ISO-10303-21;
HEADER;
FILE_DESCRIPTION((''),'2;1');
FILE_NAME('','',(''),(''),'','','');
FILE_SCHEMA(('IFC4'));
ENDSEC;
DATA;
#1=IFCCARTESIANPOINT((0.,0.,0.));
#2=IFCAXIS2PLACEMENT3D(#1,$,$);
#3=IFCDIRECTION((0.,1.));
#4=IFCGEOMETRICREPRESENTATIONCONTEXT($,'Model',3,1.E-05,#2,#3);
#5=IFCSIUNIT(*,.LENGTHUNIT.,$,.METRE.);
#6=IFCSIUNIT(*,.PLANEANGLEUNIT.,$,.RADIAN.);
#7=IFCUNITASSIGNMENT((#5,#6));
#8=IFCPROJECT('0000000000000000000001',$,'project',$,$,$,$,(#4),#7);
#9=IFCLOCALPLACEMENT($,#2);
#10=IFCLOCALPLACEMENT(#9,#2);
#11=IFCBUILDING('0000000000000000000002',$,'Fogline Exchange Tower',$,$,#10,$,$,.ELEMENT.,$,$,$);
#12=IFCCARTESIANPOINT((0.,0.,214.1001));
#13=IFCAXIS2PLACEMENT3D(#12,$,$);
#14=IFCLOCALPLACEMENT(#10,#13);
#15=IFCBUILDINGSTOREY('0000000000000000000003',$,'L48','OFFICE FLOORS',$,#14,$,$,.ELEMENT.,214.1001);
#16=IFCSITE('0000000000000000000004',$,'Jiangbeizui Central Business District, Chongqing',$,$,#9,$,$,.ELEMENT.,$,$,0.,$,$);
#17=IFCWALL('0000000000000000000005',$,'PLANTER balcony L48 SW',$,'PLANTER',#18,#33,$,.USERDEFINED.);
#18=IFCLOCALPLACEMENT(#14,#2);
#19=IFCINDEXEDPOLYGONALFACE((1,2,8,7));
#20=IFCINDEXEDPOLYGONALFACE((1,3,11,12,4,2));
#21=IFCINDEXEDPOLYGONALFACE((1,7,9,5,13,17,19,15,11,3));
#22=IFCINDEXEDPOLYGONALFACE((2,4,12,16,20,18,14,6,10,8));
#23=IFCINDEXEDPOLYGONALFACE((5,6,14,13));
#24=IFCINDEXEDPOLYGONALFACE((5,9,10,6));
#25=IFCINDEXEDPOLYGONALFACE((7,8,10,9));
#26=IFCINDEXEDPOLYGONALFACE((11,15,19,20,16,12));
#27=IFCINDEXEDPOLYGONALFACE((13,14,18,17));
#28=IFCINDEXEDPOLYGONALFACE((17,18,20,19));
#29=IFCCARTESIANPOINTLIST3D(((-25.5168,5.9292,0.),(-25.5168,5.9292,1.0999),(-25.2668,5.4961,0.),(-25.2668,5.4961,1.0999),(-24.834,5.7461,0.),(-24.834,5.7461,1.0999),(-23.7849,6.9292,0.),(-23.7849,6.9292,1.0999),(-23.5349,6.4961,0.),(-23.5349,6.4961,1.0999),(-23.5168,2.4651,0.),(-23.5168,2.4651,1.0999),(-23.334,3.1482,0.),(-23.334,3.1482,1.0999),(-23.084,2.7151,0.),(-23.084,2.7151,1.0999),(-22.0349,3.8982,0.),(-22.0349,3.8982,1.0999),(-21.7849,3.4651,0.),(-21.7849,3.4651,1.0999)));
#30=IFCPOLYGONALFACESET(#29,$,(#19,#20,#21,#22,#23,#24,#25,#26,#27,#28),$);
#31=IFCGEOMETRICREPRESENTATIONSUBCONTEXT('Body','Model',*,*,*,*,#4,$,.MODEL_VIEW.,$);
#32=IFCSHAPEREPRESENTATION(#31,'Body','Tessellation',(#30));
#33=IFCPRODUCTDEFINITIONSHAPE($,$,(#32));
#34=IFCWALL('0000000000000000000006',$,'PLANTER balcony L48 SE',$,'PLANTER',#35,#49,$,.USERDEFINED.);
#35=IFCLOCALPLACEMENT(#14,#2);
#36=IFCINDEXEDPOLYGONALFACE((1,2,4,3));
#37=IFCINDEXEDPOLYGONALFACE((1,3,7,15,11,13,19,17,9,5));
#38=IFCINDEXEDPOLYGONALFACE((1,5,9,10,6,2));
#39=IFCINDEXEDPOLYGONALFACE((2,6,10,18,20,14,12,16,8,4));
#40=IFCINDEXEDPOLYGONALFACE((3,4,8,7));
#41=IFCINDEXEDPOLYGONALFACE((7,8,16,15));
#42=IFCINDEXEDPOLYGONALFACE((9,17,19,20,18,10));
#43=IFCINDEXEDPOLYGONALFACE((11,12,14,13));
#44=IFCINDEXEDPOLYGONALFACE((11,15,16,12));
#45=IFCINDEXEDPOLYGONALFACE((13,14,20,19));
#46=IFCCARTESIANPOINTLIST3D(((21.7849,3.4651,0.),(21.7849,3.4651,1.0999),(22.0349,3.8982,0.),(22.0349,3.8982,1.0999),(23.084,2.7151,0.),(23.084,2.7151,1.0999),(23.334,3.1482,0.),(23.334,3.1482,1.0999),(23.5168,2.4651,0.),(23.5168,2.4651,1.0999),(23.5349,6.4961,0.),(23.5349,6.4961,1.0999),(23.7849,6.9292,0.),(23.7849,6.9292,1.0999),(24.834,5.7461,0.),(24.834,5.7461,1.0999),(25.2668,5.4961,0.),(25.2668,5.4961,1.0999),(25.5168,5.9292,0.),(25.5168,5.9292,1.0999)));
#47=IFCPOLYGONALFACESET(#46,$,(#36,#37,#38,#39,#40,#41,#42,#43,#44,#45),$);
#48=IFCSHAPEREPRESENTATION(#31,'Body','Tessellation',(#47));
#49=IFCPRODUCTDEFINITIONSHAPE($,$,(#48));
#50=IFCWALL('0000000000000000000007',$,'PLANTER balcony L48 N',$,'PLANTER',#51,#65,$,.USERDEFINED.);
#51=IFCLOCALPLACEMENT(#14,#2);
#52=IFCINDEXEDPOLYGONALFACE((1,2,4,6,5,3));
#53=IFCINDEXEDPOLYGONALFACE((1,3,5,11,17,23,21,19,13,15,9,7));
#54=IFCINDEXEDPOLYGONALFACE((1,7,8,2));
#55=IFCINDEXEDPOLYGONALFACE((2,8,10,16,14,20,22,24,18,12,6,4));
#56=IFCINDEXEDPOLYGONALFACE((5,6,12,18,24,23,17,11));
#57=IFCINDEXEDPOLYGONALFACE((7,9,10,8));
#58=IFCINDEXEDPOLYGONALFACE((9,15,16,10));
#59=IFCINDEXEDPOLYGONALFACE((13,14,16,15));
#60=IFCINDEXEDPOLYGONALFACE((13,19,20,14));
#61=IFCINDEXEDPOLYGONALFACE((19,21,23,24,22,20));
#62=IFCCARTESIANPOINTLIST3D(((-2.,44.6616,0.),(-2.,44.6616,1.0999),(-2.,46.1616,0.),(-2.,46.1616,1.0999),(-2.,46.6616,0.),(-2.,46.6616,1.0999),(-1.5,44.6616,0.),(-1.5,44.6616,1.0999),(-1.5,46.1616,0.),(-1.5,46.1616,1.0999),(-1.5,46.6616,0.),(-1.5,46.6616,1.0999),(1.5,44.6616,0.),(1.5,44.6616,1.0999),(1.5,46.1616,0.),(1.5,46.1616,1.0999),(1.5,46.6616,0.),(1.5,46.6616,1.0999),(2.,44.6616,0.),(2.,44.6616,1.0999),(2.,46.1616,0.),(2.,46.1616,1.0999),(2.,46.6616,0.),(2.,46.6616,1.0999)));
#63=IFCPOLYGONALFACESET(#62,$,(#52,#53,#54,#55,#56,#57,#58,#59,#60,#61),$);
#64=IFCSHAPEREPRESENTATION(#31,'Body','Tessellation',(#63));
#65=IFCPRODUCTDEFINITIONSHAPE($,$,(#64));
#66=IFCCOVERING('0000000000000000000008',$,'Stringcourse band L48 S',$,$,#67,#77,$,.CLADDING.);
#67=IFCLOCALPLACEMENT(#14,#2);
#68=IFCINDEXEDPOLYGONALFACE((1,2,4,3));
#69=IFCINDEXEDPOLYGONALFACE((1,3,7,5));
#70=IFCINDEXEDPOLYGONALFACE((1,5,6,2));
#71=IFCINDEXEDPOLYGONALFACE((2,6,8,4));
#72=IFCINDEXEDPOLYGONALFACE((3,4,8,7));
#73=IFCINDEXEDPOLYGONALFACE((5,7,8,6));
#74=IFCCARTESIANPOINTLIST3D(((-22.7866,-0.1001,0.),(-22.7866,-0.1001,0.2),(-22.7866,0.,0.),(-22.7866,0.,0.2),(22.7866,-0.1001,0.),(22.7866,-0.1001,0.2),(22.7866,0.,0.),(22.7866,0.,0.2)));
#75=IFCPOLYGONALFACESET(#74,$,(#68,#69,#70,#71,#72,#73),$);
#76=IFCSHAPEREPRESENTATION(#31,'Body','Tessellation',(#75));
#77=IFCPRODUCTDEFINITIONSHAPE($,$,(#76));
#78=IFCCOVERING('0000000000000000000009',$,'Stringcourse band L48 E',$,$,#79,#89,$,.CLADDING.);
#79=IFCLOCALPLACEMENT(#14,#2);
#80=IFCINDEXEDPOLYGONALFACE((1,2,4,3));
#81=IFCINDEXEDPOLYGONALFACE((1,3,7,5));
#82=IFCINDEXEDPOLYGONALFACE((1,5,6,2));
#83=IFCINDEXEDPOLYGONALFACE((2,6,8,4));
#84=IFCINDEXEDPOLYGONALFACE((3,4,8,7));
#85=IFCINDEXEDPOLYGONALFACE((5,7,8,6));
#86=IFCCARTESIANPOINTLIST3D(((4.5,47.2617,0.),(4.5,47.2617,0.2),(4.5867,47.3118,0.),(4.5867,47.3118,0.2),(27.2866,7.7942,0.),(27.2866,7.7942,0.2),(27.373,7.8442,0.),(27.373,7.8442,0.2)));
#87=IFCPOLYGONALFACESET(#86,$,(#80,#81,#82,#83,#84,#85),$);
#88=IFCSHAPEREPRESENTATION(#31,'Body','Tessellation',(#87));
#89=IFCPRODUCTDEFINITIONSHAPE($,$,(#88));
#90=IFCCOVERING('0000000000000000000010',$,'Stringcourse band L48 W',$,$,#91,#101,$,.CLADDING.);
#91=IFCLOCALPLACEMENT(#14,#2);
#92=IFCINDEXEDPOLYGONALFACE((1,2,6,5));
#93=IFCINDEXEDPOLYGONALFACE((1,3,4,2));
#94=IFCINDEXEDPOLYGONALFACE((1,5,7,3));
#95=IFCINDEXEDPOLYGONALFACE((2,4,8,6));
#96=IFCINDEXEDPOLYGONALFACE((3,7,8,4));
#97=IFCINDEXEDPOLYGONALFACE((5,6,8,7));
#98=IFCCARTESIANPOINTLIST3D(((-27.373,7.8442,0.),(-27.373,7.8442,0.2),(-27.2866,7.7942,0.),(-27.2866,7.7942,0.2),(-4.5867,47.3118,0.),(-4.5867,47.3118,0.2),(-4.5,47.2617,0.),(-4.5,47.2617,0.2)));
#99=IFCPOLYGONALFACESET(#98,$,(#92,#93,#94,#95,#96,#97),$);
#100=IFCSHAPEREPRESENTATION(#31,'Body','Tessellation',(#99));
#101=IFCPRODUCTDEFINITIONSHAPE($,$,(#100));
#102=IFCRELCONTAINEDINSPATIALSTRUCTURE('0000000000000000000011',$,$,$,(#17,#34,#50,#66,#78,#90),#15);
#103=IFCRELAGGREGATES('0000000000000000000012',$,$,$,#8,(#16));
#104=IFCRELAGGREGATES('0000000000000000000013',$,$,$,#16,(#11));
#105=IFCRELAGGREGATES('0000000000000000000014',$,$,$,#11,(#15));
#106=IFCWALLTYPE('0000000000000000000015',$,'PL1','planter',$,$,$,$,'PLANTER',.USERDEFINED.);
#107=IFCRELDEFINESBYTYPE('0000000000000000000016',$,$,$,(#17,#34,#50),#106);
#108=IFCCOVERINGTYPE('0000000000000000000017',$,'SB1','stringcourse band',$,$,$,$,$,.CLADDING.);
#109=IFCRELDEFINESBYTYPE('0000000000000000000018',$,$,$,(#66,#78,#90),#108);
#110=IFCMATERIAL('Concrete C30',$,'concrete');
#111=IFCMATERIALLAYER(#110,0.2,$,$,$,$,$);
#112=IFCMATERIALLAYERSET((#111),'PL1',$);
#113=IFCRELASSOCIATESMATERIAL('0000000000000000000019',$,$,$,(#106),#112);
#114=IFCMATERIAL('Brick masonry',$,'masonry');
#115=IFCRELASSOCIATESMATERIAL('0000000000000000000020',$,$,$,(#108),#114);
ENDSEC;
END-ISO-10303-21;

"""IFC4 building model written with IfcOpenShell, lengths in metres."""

from ifc_helpers import new_model, si_unit, direction, frame, origin, place, context, subcontext, project, spatial, polyline, outline, extrude, material, layer, layer_set, type_object, element, save


model = new_model("IFC4")

# Units and contexts
model_context = context("Model", 3, precision=1e-05, world=origin(), true_north=direction((0.0, 1.0)))
body_context = subcontext(model_context, "Body", "Model", "MODEL_VIEW")
ifc_project = project(units=[si_unit("LENGTHUNIT", "METRE"), si_unit("PLANEANGLEUNIT", "RADIAN")], contexts=[model_context])

# Site, building, storey
site_placement = place(None, origin())
site = spatial("IfcSite", under=ifc_project, at=site_placement, Name="Jiangbeizui Central Business District, Chongqing", CompositionType="ELEMENT", RefElevation=0.0)
building_placement = place(site_placement, origin())
building = spatial("IfcBuilding", under=site, at=building_placement, Name="Fogline Exchange Tower", CompositionType="ELEMENT")
storey_placement = place(building_placement, frame((0.0, 0.0, 214.1001)))
storey = spatial("IfcBuildingStorey", under=building, at=storey_placement, Name="L48", Description="OFFICE FLOORS", CompositionType="ELEMENT", Elevation=214.1001)

# Walls
ifc_material_1 = material(Name="Brick masonry", Category="masonry")
ifc_material_2 = material(Name="Concrete C30", Category="concrete")
ifc_layer_1 = layer(ifc_material_2, 0.2)
ifc_layer_set_1 = layer_set([ifc_layer_1], Name="PL1")
wall_type_1 = type_object("IfcWallType", Name="PL1", Description="planter", ElementType="PLANTER", PredefinedType="USERDEFINED", material=ifc_layer_set_1)
wall_1_placement = place(storey_placement, origin())
element("IfcWall", 1, at=wall_1_placement, inside=storey, type_object=wall_type_1, Name="PLANTER balcony L48 SW", ObjectType="PLANTER", PredefinedType="USERDEFINED", context=body_context, shape_type="SweptSolid", body=[
    extrude(outline(polyline([(-22.0349, 3.8982), (-23.334, 3.1482), (-24.834, 5.7461), (-23.5349, 6.4961), (-23.7849, 6.9292), (-25.5168, 5.9292), (-25.2668, 5.4961), (-23.5168, 2.4651), (-23.084, 2.7151), (-23.084, 2.7151), (-21.7849, 3.4651), (-22.0349, 3.8982)])), origin(), (0.0, 0.0, 1.0), 1.0999),
])
wall_2_placement = place(storey_placement, origin())
element("IfcWall", 2, at=wall_2_placement, inside=storey, type_object=wall_type_1, Name="PLANTER balcony L48 SE", ObjectType="PLANTER", PredefinedType="USERDEFINED", context=body_context, shape_type="SweptSolid", body=[
    extrude(outline(polyline([(21.7849, 3.4651), (23.084, 2.7151), (23.084, 2.7151), (23.5168, 2.4651), (25.2668, 5.4961), (25.5168, 5.9292), (23.7849, 6.9292), (23.5349, 6.4961), (24.834, 5.7461), (23.334, 3.1482), (22.0349, 3.8982), (21.7849, 3.4651)])), origin(), (0.0, 0.0, 1.0), 1.0999),
])
wall_3_placement = place(storey_placement, origin())
element("IfcWall", 3, at=wall_3_placement, inside=storey, type_object=wall_type_1, Name="PLANTER balcony L48 N", ObjectType="PLANTER", PredefinedType="USERDEFINED", context=body_context, shape_type="SweptSolid", body=[
    extrude(outline(polyline([(-1.5, 46.6616), (-2.0, 46.6616), (-2.0, 46.1616), (-2.0, 44.6616), (-1.5, 44.6616), (-1.5, 46.1616), (1.5, 46.1616), (1.5, 44.6616), (2.0, 44.6616), (2.0, 46.1616), (2.0, 46.6616), (1.5, 46.6616), (-1.5, 46.6616)])), origin(), (0.0, 0.0, 1.0), 1.0999),
])

# Coverings
covering_type = type_object("IfcCoveringType", Name="SB1", Description="stringcourse band", PredefinedType="CLADDING", material=ifc_material_1)
covering_1_placement = place(storey_placement, origin())
element("IfcCovering", 4, at=covering_1_placement, inside=storey, type_object=covering_type, Name="Stringcourse band L48 S", PredefinedType="CLADDING", context=body_context, shape_type="SweptSolid", body=[
    extrude(outline(polyline([(-22.7866, 0.0), (-22.7866, -0.1001), (22.7866, -0.1001), (22.7866, 0.0), (-22.7866, 0.0)])), origin(), (0.0, 0.0, 1.0), 0.2),
])
covering_2_placement = place(storey_placement, origin())
element("IfcCovering", 5, at=covering_2_placement, inside=storey, type_object=covering_type, Name="Stringcourse band L48 E", PredefinedType="CLADDING", context=body_context, shape_type="SweptSolid", body=[
    extrude(outline(polyline([(27.2866, 7.7942), (27.373, 7.8442), (4.5867, 47.3118), (4.5, 47.2617), (27.2866, 7.7942)])), origin(), (0.0, 0.0, 1.0), 0.2),
])
covering_3_placement = place(storey_placement, origin())
element("IfcCovering", 6, at=covering_3_placement, inside=storey, type_object=covering_type, Name="Stringcourse band L48 W", PredefinedType="CLADDING", context=body_context, shape_type="SweptSolid", body=[
    extrude(outline(polyline([(-4.5, 47.2617), (-4.5867, 47.3118), (-27.373, 7.8442), (-27.2866, 7.7942), (-4.5, 47.2617)])), origin(), (0.0, 0.0, 1.0), 0.2),
])

save(model, "model.ifc")
